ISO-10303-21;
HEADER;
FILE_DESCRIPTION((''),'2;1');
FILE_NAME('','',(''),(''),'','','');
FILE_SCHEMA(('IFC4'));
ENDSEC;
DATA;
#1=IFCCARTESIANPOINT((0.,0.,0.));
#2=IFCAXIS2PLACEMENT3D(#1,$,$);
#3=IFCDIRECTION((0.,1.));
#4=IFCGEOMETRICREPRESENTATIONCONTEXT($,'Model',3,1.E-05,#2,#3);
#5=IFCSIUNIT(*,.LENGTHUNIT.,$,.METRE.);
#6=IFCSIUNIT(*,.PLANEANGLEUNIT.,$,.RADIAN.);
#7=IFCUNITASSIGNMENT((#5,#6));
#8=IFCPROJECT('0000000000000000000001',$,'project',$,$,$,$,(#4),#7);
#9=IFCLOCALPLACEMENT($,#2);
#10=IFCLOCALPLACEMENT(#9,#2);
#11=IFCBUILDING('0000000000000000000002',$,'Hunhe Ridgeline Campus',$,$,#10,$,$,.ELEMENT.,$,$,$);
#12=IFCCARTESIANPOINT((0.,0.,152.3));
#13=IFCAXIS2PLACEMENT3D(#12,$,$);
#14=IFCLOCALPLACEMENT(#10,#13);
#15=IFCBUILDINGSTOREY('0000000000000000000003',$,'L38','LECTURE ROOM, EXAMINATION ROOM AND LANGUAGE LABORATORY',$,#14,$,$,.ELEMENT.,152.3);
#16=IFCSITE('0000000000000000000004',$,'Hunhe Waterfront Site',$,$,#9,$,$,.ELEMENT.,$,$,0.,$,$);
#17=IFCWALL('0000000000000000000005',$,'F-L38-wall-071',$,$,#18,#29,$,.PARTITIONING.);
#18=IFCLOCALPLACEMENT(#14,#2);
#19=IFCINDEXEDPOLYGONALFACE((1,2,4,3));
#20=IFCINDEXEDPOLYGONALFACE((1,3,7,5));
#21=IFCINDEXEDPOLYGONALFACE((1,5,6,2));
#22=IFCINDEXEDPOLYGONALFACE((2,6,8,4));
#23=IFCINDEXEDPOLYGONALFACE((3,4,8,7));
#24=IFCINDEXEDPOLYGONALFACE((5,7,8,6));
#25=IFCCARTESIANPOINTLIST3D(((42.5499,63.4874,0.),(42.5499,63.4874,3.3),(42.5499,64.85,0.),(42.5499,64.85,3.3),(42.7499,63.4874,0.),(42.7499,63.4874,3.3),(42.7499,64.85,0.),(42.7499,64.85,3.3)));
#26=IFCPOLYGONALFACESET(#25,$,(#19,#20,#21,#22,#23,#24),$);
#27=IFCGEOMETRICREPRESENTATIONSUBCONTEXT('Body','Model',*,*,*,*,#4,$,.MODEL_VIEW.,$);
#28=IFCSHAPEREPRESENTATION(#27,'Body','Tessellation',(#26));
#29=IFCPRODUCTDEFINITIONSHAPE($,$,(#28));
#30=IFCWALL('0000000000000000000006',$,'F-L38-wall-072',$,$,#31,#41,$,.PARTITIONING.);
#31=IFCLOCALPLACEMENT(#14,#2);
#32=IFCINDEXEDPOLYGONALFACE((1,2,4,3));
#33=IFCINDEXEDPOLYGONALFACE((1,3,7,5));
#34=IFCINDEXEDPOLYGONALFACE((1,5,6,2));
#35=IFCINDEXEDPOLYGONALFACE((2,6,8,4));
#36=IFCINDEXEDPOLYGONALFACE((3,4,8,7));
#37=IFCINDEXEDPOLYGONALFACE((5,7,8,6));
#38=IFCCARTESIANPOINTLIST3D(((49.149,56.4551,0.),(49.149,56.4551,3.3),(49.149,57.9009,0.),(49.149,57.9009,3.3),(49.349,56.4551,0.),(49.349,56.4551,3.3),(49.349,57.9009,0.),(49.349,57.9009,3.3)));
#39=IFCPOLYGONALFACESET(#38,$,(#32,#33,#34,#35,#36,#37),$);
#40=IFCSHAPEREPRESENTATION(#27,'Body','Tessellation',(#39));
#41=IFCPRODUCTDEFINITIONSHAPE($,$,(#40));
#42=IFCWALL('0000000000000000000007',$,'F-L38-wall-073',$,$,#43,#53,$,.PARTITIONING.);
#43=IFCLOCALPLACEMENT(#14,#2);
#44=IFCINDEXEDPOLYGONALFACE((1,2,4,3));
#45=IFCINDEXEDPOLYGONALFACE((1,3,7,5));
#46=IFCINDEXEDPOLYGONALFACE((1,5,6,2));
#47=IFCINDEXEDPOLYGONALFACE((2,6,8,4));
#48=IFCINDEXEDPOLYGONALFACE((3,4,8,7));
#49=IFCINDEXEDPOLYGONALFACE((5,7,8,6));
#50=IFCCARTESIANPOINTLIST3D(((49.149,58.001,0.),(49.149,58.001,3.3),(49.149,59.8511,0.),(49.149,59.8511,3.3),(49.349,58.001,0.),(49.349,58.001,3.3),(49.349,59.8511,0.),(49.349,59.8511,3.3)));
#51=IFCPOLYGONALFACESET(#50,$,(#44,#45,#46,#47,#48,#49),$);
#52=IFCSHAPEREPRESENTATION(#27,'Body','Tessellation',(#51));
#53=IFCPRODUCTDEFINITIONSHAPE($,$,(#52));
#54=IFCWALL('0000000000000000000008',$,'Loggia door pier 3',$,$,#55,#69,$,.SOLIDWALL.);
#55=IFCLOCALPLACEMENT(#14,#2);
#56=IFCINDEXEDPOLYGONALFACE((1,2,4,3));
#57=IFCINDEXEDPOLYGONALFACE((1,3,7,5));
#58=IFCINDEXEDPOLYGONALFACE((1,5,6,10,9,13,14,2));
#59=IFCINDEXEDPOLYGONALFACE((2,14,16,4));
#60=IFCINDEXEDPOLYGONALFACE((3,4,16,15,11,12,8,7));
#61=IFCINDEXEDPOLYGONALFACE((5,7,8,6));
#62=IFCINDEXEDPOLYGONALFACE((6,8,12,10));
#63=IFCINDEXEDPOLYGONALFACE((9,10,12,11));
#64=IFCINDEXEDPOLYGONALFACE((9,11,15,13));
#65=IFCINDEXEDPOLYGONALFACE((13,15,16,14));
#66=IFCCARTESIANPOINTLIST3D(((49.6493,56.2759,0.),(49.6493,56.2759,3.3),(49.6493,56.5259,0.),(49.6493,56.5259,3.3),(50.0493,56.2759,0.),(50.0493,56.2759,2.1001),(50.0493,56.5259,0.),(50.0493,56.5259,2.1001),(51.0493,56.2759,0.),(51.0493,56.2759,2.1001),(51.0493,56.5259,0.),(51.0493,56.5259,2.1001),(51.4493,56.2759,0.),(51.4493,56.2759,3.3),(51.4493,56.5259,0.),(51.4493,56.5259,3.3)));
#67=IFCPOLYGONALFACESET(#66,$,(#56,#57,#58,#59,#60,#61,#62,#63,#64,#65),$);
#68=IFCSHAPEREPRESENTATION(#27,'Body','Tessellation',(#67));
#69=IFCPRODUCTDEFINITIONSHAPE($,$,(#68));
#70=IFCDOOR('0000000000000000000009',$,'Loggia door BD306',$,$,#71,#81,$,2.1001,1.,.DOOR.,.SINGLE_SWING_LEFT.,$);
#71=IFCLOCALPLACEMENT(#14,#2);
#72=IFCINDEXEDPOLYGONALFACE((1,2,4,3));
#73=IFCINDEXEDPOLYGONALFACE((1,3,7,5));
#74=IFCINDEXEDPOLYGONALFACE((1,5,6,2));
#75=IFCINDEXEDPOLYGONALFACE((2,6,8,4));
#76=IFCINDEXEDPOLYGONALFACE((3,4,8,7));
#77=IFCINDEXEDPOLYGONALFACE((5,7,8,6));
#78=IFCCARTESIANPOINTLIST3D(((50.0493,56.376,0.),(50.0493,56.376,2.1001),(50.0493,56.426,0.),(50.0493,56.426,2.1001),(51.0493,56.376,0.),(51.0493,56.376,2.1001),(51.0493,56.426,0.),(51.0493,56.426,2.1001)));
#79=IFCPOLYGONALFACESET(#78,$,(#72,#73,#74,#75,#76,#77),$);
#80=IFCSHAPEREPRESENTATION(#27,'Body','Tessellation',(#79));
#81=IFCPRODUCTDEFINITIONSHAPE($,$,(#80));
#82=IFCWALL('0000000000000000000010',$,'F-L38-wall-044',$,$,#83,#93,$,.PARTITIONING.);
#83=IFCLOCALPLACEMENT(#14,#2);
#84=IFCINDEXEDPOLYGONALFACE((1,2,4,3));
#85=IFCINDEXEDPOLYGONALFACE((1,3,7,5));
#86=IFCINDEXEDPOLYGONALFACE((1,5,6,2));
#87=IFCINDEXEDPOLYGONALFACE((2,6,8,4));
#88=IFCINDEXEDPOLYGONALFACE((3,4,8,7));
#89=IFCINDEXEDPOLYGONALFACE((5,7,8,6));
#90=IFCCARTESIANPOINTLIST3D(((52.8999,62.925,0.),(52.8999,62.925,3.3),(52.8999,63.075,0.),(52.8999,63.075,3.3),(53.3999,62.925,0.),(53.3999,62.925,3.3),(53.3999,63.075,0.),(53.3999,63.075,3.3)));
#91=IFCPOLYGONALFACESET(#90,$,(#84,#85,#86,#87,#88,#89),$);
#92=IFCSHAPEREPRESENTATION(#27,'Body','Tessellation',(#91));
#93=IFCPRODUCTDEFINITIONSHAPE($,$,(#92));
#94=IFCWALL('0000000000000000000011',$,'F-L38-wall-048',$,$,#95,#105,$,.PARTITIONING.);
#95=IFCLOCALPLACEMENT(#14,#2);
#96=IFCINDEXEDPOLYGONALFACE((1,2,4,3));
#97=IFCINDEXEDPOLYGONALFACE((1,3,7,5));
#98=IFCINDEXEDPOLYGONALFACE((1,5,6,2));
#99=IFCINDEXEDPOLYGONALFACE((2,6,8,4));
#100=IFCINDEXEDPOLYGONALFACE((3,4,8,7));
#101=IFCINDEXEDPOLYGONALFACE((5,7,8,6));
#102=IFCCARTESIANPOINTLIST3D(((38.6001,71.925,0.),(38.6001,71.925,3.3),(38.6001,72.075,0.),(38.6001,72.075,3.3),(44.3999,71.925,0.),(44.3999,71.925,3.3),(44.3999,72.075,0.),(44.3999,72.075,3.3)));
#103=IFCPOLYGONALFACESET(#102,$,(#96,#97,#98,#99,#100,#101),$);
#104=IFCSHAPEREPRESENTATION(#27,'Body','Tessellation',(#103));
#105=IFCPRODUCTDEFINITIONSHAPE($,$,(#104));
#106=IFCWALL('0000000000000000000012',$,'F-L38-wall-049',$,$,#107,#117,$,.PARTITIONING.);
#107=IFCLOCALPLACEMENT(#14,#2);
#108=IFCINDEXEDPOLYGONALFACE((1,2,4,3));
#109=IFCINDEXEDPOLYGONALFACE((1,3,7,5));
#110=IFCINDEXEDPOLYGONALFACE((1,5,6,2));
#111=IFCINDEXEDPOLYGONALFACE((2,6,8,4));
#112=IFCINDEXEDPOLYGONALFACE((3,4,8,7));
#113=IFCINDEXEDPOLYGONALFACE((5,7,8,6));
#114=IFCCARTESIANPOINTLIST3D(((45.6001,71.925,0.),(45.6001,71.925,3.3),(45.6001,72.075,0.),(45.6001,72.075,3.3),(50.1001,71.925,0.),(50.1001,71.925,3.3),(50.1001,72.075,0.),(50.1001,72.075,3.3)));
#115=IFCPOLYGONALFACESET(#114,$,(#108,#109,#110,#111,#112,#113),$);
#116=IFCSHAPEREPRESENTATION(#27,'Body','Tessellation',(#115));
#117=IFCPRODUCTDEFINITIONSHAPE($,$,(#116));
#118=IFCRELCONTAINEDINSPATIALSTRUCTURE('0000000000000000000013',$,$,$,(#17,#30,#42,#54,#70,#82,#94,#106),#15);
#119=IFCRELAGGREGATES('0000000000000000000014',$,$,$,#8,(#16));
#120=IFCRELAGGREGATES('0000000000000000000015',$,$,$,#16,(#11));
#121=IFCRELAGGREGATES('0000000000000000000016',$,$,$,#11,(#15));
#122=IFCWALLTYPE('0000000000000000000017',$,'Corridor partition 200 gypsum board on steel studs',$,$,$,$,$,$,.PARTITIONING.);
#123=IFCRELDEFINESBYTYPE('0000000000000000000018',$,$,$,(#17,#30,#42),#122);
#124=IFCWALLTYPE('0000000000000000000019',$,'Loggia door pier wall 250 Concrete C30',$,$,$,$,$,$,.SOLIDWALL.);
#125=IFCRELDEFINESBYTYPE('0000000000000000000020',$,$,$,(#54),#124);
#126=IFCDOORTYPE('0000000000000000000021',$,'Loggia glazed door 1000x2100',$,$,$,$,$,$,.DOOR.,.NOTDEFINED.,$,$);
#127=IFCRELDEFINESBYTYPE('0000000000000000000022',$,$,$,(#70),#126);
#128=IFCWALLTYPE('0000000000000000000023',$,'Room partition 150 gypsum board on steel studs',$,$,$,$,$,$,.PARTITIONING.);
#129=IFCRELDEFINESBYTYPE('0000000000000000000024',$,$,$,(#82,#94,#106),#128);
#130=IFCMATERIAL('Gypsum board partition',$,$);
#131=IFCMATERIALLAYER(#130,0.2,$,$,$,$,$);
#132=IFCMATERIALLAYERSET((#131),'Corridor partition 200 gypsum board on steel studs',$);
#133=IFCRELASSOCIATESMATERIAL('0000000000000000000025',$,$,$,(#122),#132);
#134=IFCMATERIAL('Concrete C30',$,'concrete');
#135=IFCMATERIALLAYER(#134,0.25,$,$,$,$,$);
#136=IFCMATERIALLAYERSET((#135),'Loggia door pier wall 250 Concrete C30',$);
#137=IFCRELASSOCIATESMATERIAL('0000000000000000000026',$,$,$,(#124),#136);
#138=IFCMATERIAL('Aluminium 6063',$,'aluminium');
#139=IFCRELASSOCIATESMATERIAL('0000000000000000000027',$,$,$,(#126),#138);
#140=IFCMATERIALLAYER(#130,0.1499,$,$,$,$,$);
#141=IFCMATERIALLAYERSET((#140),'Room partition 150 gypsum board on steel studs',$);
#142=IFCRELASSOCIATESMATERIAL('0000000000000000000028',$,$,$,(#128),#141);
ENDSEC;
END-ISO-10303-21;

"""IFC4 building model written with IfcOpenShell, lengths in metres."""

from ifc_helpers import new_model, si_unit, direction, frame, frame_2d, origin, place, context, subcontext, project, spatial, rectangle, extrude, material, layer, layer_set, type_object, element, fill, save


model = new_model("IFC4")

# Units and contexts
model_context = context("Model", 3, precision=1e-05, world=origin(), true_north=direction((0.0, 1.0)))
body_context = subcontext(model_context, "Body", "Model", "MODEL_VIEW")
ifc_project = project(units=[si_unit("LENGTHUNIT", "METRE"), si_unit("PLANEANGLEUNIT", "RADIAN")], contexts=[model_context])

# Site, building, storey
site_placement = place(None, origin())
site = spatial("IfcSite", under=ifc_project, at=site_placement, Name="Hunhe Waterfront Site", CompositionType="ELEMENT", RefElevation=0.0)
building_placement = place(site_placement, origin())
building = spatial("IfcBuilding", under=site, at=building_placement, Name="Hunhe Ridgeline Campus", CompositionType="ELEMENT")
storey_placement = place(building_placement, frame((0.0, 0.0, 152.3)))
storey = spatial("IfcBuildingStorey", under=building, at=storey_placement, Name="L38", Description="LECTURE ROOM, EXAMINATION ROOM AND LANGUAGE LABORATORY", CompositionType="ELEMENT", Elevation=152.3)

# Shared definitions
ifc_material_1 = material(Name="Aluminium 6063", Category="aluminium")

# Shared definitions
ifc_material_2 = material(Name="Concrete C30", Category="concrete")
ifc_material_3 = material(Name="Gypsum board partition")
ifc_layer_1 = layer(ifc_material_3, 0.2)
ifc_layer_set_1 = layer_set([ifc_layer_1], Name="Corridor partition 200 gypsum board on steel studs")
wall_type_1 = type_object("IfcWallType", Name="Corridor partition 200 gypsum board on steel studs", PredefinedType="PARTITIONING", material=ifc_layer_set_1)

# Walls
wall_1_placement = place(storey_placement, frame((42.6499, 63.4875, 0.0), z_axis=(0.0, 0.0, 1.0), x_axis=(0.0, 1.0, 0.0)))
element("IfcWall", 1, at=wall_1_placement, inside=storey, type_object=wall_type_1, Name="F-L38-wall-071", PredefinedType="PARTITIONING", context=body_context, shape_type="SweptSolid", body=[
    extrude(rectangle(XDim=1.3625, YDim=0.2, at=frame_2d((0.6812, 0.0))), origin(), (0.0, 0.0, 1.0), 3.3),
])
wall_2_placement = place(storey_placement, frame((49.249, 56.4551, 0.0), z_axis=(0.0, 0.0, 1.0), x_axis=(0.0, 1.0, 0.0)))
element("IfcWall", 2, at=wall_2_placement, inside=storey, type_object=wall_type_1, Name="F-L38-wall-072", PredefinedType="PARTITIONING", context=body_context, shape_type="SweptSolid", body=[
    extrude(rectangle(XDim=1.4458, YDim=0.2, at=frame_2d((0.7229, 0.0))), origin(), (0.0, 0.0, 1.0), 3.3),
])
wall_3_placement = place(storey_placement, frame((49.249, 58.001, 0.0), z_axis=(0.0, 0.0, 1.0), x_axis=(0.0, 1.0, 0.0)))
element("IfcWall", 3, at=wall_3_placement, inside=storey, type_object=wall_type_1, Name="F-L38-wall-073", PredefinedType="PARTITIONING", context=body_context, shape_type="SweptSolid", body=[
    extrude(rectangle(XDim=1.8501, YDim=0.2, at=frame_2d((0.925, 0.0))), origin(), (0.0, 0.0, 1.0), 3.3),
])

# Wall, opening, door
ifc_layer_2 = layer(ifc_material_2, 0.25)
ifc_layer_set_2 = layer_set([ifc_layer_2], Name="Loggia door pier wall 250 Concrete C30")
wall_type_2 = type_object("IfcWallType", Name="Loggia door pier wall 250 Concrete C30", PredefinedType="SOLIDWALL", material=ifc_layer_set_2)
wall_4_placement = place(storey_placement, frame((49.6494, 56.4009, 0.0), z_axis=(0.0, 0.0, 1.0), x_axis=(1.0, 0.0, 0.0)))
wall_4 = element("IfcWall", 4, at=wall_4_placement, inside=storey, type_object=wall_type_2, Name="Loggia door pier 3", PredefinedType="SOLIDWALL", context=body_context, shape_type="SweptSolid", body=[
    extrude(rectangle(XDim=1.8, YDim=0.25, at=frame_2d((0.8999, 0.0))), origin(), (0.0, 0.0, 1.0), 3.3),
])
opening_1_placement = place(wall_4_placement, frame((0.3999, 0.0, 0.0)))
opening_1 = element("IfcOpeningElement", 5, at=opening_1_placement, cuts=wall_4, PredefinedType="OPENING", context=body_context, shape_type="SweptSolid", body=[
    extrude(rectangle(XDim=1.0, YDim=2.1001, at=frame_2d((0.5, 1.05))), frame((0.0, 0.125, 0.0), z_axis=(0.0, -1.0, 0.0), x_axis=(1.0, 0.0, 0.0)), (0.0, 0.0, 1.0), 0.25),
])
door_type_1 = type_object("IfcDoorType", Name="Loggia glazed door 1000x2100", OperationType="NOTDEFINED", PredefinedType="DOOR", material=ifc_material_1)
door_1_placement = place(opening_1_placement, frame((1.0, 0.0, 0.0), z_axis=(0.0, 0.0, 1.0), x_axis=(-1.0, 0.0, 0.0)))
door_1 = element("IfcDoor", 6, at=door_1_placement, inside=storey, type_object=door_type_1, Name="Loggia door BD306", OperationType="SINGLE_SWING_LEFT", OverallHeight=2.1001, OverallWidth=1.0, PredefinedType="DOOR", context=body_context, shape_type="SweptSolid", body=[
    extrude(rectangle(XDim=1.0, YDim=2.1001, at=frame_2d((0.5, 1.05))), frame((0.0, 0.0249, 0.0), z_axis=(0.0, -1.0, 0.0), x_axis=(1.0, 0.0, 0.0)), (0.0, 0.0, 1.0), 0.05),
])
fill(opening_1, door_1)

# Walls
ifc_layer_3 = layer(ifc_material_3, 0.1499)
ifc_layer_set_3 = layer_set([ifc_layer_3], Name="Room partition 150 gypsum board on steel studs")
wall_type_3 = type_object("IfcWallType", Name="Room partition 150 gypsum board on steel studs", PredefinedType="PARTITIONING", material=ifc_layer_set_3)
wall_5_placement = place(storey_placement, frame((52.8999, 63.0, 0.0), z_axis=(0.0, 0.0, 1.0), x_axis=(1.0, 0.0, 0.0)))
element("IfcWall", 7, at=wall_5_placement, inside=storey, type_object=wall_type_3, Name="F-L38-wall-044", PredefinedType="PARTITIONING", context=body_context, shape_type="SweptSolid", body=[
    extrude(rectangle(XDim=0.5, YDim=0.1499, at=frame_2d((0.25, 0.0))), origin(), (0.0, 0.0, 1.0), 3.3),
])
wall_6_placement = place(storey_placement, frame((38.6001, 72.0, 0.0), z_axis=(0.0, 0.0, 1.0), x_axis=(1.0, 0.0, 0.0)))
element("IfcWall", 8, at=wall_6_placement, inside=storey, type_object=wall_type_3, Name="F-L38-wall-048", PredefinedType="PARTITIONING", context=body_context, shape_type="SweptSolid", body=[
    extrude(rectangle(XDim=5.7998, YDim=0.1499, at=frame_2d((2.8999, 0.0))), origin(), (0.0, 0.0, 1.0), 3.3),
])
wall_7_placement = place(storey_placement, frame((45.6001, 72.0, 0.0), z_axis=(0.0, 0.0, 1.0), x_axis=(1.0, 0.0, 0.0)))
element("IfcWall", 9, at=wall_7_placement, inside=storey, type_object=wall_type_3, Name="F-L38-wall-049", PredefinedType="PARTITIONING", context=body_context, shape_type="SweptSolid", body=[
    extrude(rectangle(XDim=4.5, YDim=0.1499, at=frame_2d((2.25, 0.0))), origin(), (0.0, 0.0, 1.0), 3.3),
])

save(model, "model.ifc")
